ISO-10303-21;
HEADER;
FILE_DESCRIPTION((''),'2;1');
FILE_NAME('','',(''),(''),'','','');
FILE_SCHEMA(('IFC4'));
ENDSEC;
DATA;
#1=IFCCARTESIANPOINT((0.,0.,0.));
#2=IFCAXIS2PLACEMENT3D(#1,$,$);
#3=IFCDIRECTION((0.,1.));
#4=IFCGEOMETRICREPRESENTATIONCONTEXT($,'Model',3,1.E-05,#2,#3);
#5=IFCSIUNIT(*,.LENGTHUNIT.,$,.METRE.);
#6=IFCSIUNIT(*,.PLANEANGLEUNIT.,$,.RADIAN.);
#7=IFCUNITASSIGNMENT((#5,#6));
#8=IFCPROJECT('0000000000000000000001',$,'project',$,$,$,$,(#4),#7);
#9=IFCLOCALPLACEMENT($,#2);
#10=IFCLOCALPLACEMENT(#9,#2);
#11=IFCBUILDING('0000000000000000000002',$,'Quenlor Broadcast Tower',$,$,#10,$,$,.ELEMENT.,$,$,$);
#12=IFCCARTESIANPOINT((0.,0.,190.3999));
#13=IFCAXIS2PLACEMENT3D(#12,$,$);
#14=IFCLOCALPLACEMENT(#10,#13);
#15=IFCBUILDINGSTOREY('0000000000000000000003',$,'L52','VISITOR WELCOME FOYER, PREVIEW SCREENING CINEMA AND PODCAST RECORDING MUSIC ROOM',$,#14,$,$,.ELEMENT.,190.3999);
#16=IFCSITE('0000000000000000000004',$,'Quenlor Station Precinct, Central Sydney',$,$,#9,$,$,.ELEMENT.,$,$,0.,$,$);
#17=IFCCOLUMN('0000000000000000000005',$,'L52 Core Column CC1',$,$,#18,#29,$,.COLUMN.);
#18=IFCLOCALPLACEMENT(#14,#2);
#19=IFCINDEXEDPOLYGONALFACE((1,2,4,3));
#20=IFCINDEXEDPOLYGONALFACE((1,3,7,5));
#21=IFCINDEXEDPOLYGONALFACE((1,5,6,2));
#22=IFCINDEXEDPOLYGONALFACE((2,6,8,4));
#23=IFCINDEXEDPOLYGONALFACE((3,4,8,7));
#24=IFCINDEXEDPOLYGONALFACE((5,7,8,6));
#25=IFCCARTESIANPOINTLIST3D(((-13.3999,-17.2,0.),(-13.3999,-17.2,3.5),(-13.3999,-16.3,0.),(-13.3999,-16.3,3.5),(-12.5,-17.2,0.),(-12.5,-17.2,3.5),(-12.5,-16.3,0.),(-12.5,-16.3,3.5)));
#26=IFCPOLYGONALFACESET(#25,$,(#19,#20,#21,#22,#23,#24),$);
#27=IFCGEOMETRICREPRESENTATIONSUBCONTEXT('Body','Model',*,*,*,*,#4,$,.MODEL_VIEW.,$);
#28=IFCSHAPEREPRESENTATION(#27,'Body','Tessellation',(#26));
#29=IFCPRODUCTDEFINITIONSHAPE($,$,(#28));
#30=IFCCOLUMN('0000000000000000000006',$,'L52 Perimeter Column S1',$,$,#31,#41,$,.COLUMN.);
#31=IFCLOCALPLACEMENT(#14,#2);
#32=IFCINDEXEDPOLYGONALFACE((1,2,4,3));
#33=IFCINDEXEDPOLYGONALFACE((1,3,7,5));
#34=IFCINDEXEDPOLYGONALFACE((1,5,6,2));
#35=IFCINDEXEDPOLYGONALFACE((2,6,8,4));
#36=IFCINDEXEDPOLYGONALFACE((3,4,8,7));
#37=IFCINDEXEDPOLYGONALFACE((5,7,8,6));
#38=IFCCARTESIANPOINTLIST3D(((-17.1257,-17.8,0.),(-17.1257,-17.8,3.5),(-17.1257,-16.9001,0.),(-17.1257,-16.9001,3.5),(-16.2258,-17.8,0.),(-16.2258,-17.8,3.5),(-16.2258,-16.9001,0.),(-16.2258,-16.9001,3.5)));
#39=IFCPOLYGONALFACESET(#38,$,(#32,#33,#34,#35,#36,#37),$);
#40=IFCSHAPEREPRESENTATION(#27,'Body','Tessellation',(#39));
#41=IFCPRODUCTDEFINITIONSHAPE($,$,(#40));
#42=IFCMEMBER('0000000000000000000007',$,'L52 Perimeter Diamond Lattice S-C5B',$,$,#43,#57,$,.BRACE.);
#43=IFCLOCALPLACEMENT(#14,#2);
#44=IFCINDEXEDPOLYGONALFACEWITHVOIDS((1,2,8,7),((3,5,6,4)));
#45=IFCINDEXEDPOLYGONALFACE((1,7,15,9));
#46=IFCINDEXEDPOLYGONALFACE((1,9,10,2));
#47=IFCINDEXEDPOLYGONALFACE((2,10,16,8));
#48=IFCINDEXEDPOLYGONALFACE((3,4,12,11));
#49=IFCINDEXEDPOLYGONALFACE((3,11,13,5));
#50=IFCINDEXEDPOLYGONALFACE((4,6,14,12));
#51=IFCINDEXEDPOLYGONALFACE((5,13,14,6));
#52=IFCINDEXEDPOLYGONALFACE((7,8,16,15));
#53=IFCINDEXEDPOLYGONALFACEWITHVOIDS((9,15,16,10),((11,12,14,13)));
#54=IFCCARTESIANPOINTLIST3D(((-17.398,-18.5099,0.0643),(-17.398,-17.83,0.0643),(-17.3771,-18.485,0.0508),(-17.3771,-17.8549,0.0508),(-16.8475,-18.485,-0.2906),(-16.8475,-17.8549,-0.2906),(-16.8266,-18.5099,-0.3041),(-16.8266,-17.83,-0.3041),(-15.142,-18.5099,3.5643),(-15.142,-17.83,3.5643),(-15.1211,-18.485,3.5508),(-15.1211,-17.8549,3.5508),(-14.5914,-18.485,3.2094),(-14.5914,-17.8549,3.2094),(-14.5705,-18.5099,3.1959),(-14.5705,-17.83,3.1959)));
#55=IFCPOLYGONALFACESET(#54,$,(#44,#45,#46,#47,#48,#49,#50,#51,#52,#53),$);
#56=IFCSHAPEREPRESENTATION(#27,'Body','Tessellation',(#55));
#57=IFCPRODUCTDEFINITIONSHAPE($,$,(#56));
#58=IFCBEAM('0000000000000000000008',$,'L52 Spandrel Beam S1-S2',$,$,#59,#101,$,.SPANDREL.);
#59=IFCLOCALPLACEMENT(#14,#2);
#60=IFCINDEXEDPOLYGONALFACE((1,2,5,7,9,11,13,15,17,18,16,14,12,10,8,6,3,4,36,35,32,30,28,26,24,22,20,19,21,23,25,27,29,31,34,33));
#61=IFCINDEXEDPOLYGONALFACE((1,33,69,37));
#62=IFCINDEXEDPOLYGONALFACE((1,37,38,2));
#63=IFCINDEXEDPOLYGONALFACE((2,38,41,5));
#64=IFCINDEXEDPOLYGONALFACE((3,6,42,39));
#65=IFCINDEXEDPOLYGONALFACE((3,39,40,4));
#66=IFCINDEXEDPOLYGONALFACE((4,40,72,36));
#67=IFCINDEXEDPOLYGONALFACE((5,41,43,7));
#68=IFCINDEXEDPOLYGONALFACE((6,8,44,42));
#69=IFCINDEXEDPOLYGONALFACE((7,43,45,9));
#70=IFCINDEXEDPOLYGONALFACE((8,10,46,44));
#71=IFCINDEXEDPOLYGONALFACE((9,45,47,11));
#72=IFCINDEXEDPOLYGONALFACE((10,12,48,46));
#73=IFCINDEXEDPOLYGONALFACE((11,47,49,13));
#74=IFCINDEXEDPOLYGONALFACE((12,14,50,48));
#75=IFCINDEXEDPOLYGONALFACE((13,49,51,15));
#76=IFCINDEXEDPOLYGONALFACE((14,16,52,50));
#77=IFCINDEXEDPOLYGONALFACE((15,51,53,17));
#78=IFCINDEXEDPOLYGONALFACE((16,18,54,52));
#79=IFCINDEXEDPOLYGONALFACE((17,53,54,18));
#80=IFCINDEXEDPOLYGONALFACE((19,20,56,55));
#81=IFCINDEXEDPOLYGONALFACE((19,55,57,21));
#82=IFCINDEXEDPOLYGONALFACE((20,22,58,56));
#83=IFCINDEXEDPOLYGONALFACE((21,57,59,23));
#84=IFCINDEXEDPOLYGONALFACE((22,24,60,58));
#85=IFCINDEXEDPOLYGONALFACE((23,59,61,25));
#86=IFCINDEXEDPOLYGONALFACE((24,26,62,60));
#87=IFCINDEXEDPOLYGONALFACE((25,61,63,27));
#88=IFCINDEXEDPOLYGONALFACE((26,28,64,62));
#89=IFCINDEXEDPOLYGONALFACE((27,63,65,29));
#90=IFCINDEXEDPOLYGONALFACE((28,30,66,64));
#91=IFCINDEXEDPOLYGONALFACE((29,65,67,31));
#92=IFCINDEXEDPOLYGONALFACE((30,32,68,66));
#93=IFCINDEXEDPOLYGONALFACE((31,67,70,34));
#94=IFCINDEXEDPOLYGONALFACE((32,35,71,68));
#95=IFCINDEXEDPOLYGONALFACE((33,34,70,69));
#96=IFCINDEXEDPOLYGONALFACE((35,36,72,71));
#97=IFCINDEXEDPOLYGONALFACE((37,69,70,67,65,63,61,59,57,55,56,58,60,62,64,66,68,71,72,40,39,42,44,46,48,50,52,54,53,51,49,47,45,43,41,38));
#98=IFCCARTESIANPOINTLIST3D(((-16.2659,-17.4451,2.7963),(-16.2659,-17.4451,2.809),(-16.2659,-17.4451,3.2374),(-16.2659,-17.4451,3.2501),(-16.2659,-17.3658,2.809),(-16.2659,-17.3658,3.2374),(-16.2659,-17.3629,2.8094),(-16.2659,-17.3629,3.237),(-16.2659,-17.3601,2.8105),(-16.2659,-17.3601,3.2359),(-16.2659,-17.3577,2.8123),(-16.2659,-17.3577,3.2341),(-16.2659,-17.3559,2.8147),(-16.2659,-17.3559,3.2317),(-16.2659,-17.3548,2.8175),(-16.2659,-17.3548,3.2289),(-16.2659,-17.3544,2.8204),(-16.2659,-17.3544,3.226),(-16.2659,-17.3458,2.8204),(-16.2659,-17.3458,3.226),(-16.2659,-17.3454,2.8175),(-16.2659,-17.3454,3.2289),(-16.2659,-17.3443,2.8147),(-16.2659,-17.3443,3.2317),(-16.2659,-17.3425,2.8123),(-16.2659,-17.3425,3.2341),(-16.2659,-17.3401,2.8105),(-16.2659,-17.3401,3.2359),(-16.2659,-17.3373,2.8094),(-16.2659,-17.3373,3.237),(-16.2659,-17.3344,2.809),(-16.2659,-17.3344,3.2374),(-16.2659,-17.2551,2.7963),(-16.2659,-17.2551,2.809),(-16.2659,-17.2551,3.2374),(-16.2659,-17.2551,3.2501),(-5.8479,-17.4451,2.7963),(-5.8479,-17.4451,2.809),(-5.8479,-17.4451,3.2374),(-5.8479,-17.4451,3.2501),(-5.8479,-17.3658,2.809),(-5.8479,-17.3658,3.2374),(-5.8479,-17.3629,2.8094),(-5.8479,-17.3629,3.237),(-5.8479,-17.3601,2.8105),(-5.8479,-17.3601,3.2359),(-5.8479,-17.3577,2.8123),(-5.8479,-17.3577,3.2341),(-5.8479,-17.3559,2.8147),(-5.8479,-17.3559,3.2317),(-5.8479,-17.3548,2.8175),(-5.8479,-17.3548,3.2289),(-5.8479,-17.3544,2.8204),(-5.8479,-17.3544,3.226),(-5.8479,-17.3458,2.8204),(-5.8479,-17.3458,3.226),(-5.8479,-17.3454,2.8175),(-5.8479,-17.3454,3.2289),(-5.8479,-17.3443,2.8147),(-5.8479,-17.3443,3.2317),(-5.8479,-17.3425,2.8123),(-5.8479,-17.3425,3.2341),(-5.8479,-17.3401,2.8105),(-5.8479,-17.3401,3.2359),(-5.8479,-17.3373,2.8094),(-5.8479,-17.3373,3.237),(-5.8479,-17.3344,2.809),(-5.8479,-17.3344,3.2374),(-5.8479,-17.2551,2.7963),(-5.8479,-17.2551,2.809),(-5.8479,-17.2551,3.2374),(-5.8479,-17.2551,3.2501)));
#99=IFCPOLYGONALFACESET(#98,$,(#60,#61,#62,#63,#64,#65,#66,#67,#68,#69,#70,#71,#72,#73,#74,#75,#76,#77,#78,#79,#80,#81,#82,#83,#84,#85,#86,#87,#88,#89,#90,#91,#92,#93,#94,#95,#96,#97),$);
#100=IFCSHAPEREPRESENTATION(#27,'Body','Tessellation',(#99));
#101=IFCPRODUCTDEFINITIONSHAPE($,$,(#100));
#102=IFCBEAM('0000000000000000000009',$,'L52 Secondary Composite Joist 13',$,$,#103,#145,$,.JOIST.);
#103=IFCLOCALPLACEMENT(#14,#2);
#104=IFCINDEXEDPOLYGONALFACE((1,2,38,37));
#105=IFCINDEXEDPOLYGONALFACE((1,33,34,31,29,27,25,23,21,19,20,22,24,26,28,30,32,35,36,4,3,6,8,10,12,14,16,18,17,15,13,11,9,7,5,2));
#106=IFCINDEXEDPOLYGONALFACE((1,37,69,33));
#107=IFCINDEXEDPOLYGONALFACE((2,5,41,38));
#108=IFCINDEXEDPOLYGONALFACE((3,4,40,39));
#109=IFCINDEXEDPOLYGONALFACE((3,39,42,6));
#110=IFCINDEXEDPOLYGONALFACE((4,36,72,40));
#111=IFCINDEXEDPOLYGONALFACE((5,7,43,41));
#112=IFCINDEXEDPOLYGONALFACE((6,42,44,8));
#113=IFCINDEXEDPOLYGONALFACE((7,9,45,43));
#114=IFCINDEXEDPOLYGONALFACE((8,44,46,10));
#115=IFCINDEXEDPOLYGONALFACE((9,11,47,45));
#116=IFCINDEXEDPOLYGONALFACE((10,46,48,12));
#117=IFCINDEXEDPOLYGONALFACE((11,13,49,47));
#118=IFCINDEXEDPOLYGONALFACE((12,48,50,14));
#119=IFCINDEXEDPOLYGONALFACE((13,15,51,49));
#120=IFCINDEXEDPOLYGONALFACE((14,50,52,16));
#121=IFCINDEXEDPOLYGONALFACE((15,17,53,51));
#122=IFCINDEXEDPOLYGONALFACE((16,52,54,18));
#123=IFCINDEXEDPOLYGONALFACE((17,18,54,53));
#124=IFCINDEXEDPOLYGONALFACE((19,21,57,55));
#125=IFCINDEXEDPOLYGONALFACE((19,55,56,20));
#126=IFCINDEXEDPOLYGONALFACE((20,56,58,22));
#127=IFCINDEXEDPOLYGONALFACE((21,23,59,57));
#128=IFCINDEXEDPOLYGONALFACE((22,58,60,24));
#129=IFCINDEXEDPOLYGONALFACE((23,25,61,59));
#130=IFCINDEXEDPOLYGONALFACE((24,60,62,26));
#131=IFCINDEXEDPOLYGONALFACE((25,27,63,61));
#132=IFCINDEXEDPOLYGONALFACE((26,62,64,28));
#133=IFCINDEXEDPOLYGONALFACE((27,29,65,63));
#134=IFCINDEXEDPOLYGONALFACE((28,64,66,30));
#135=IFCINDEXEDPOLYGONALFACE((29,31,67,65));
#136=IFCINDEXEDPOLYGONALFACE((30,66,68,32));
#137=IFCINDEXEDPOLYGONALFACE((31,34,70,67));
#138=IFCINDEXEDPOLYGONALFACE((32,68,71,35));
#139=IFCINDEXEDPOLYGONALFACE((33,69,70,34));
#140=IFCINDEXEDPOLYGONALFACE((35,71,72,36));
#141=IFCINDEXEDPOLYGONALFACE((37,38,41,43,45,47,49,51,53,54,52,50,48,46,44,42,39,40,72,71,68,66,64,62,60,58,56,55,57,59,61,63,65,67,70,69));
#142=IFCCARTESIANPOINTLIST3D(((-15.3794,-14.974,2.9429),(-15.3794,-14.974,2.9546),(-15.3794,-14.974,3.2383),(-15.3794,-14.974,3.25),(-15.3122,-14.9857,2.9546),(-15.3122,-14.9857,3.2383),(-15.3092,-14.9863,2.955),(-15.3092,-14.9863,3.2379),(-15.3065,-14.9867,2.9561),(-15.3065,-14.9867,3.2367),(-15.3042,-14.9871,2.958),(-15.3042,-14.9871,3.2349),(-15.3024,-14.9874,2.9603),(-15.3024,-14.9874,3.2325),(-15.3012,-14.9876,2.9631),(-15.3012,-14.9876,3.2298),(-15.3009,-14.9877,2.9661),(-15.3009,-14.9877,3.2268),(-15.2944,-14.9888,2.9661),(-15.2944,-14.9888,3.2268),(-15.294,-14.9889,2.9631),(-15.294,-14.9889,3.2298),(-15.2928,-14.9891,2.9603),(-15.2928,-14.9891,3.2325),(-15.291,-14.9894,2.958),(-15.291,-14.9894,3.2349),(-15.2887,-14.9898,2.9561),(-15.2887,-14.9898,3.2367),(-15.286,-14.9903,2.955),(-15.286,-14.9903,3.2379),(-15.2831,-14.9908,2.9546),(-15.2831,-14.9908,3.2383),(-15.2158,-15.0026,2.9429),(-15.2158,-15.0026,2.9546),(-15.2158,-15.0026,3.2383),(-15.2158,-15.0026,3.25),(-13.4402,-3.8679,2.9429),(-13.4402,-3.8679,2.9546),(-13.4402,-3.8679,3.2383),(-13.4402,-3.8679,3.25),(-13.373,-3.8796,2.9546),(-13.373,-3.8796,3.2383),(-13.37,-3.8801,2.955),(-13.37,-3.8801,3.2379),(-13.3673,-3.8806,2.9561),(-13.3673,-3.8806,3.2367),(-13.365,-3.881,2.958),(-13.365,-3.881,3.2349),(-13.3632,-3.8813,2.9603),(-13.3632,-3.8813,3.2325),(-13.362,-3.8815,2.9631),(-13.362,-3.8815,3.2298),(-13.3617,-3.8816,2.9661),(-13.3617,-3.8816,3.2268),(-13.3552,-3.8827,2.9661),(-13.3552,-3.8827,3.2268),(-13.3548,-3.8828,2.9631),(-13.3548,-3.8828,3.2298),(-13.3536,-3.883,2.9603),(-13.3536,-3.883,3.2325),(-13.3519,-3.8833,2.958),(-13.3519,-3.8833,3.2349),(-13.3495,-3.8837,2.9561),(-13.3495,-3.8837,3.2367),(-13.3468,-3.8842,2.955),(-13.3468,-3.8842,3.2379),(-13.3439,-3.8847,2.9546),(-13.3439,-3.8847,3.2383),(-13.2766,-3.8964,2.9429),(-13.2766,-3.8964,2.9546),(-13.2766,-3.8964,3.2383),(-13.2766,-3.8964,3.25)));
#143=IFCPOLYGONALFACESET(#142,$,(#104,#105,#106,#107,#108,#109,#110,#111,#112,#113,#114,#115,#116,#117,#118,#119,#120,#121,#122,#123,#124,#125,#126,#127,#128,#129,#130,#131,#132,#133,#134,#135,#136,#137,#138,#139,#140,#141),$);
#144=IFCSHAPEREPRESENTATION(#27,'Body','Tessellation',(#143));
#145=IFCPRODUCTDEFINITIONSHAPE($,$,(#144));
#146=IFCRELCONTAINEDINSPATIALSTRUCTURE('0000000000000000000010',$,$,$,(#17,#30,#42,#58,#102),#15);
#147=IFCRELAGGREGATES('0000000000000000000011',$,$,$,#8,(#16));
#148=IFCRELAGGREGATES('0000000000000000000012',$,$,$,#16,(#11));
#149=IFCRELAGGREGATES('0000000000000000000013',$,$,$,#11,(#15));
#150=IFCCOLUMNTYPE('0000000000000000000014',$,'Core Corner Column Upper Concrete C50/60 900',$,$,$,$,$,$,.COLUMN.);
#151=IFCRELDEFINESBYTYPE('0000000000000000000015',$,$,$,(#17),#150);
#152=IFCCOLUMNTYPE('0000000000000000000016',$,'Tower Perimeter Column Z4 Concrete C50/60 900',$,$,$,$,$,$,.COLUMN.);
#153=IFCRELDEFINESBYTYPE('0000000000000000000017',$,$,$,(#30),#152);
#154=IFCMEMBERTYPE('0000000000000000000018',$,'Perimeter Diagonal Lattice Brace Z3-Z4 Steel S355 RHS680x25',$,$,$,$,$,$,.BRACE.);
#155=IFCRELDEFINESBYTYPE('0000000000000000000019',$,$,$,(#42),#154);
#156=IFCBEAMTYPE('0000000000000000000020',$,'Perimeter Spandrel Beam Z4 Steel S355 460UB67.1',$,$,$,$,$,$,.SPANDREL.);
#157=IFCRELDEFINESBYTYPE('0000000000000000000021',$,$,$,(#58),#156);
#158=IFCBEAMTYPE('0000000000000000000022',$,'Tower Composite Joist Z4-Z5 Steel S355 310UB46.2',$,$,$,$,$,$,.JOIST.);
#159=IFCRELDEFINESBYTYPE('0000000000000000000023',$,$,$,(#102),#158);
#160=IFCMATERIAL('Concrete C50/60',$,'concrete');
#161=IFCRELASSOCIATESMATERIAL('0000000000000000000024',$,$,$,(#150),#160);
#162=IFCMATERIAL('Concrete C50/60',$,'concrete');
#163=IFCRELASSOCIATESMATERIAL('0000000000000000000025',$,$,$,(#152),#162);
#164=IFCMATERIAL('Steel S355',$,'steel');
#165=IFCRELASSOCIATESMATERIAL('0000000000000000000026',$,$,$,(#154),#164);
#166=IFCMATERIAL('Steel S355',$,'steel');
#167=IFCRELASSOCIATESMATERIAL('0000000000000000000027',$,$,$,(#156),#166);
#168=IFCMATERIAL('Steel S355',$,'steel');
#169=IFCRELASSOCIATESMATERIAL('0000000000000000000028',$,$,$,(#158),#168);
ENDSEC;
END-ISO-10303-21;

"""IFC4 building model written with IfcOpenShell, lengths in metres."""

from ifc_helpers import new_model, si_unit, direction, frame, origin, origin_2d, place, context, subcontext, project, spatial, rectangle, hollow_rectangle, i_section, extrude, material, material_profile, profile_set, type_object, element, save


model = new_model("IFC4")

# Units and contexts
model_context = context("Model", 3, precision=1e-05, world=origin(), true_north=direction((0.0, 1.0)))
body_context = subcontext(model_context, "Body", "Model", "MODEL_VIEW")
ifc_project = project(units=[si_unit("LENGTHUNIT", "METRE"), si_unit("PLANEANGLEUNIT", "RADIAN")], contexts=[model_context])

# Site, building, storey
site_placement = place(None, origin())
site = spatial("IfcSite", under=ifc_project, at=site_placement, Name="Quenlor Station Precinct, Central Sydney", CompositionType="ELEMENT", RefElevation=0.0)
building_placement = place(site_placement, origin())
building = spatial("IfcBuilding", under=site, at=building_placement, Name="Quenlor Broadcast Tower", CompositionType="ELEMENT")
storey_placement = place(building_placement, frame((0.0, 0.0, 190.3999)))
storey = spatial("IfcBuildingStorey", under=building, at=storey_placement, Name="L52", Description="VISITOR WELCOME FOYER, PREVIEW SCREENING CINEMA AND PODCAST RECORDING MUSIC ROOM", CompositionType="ELEMENT", Elevation=190.3999)

# Columns
ifc_material_1 = material(Name="Concrete C50/60", Category="concrete")
ifc_material_profile_1 = material_profile(ifc_material_1, rectangle(XDim=0.8999, YDim=0.8999, at=origin_2d()))
ifc_profile_set_1 = profile_set([ifc_material_profile_1], Name="Concrete C50/60 RC900x900")
column_type_1 = type_object("IfcColumnType", Name="Core Corner Column Upper Concrete C50/60 900", PredefinedType="COLUMN", material=ifc_profile_set_1)
column_1_placement = place(storey_placement, frame((-12.95, -16.75, 0.0), z_axis=(0.0, 0.0, 1.0), x_axis=(1.0, 0.0, 0.0)))
element("IfcColumn", 1, at=column_1_placement, inside=storey, type_object=column_type_1, Name="L52 Core Column CC1", PredefinedType="COLUMN", context=body_context, shape_type="SweptSolid", body=[
    extrude(rectangle(XDim=0.8999, YDim=0.8999, at=origin_2d()), origin(), (0.0, 0.0, 1.0), 3.5),
])
ifc_material_2 = material(Name="Concrete C50/60", Category="concrete")
ifc_material_profile_2 = material_profile(ifc_material_2, rectangle(XDim=0.8999, YDim=0.8999, at=origin_2d()))
ifc_profile_set_2 = profile_set([ifc_material_profile_2], Name="Concrete C50/60 RC900x900")
column_type_2 = type_object("IfcColumnType", Name="Tower Perimeter Column Z4 Concrete C50/60 900", PredefinedType="COLUMN", material=ifc_profile_set_2)
column_2_placement = place(storey_placement, frame((-16.6758, -17.3501, 0.0), z_axis=(0.0, 0.0, 1.0), x_axis=(0.0, 1.0, 0.0)))
element("IfcColumn", 2, at=column_2_placement, inside=storey, type_object=column_type_2, Name="L52 Perimeter Column S1", PredefinedType="COLUMN", context=body_context, shape_type="SweptSolid", body=[
    extrude(rectangle(XDim=0.8999, YDim=0.8999, at=origin_2d()), origin(), (0.0, 0.0, 1.0), 3.5),
])

# Member
ifc_material_3 = material(Name="Steel S355", Category="steel")
ifc_material_profile_3 = material_profile(ifc_material_3, hollow_rectangle(XDim=0.6799, YDim=0.6799, WallThickness=0.0249, at=origin_2d()))
ifc_profile_set_3 = profile_set([ifc_material_profile_3], Name="Steel S355 RHS680x680x25")
member_type = type_object("IfcMemberType", Name="Perimeter Diagonal Lattice Brace Z3-Z4 Steel S355 RHS680x25", PredefinedType="BRACE", material=ifc_profile_set_3)
member_placement = place(storey_placement, frame((-17.1123, -18.1699, -0.1199), z_axis=(0.541794, 0.0, 0.840511), x_axis=(0.0, 1.0, 0.0)))
element("IfcMember", 3, at=member_placement, inside=storey, type_object=member_type, Name="L52 Perimeter Diamond Lattice S-C5B", PredefinedType="BRACE", context=body_context, shape_type="SweptSolid", body=[
    extrude(hollow_rectangle(XDim=0.6799, YDim=0.6799, WallThickness=0.0249, at=origin_2d()), origin(), (0.0, 0.0, 1.0), 4.1641),
])

# Beams
ifc_material_4 = material(Name="Steel S355", Category="steel")
ifc_material_profile_4 = material_profile(ifc_material_4, i_section(OverallWidth=0.1899, OverallDepth=0.4539, WebThickness=0.0085, FlangeThickness=0.0127, FilletRadius=0.0115, at=origin_2d()))
ifc_profile_set_4 = profile_set([ifc_material_profile_4], Name="Steel S355 460UB67.1")
beam_type_1 = type_object("IfcBeamType", Name="Perimeter Spandrel Beam Z4 Steel S355 460UB67.1", PredefinedType="SPANDREL", material=ifc_profile_set_4)
beam_1_placement = place(storey_placement, frame((-16.2659, -17.3501, 3.0232), z_axis=(1.0, 0.0, 0.0), x_axis=(0.0, 1.0, 0.0)))
element("IfcBeam", 4, at=beam_1_placement, inside=storey, type_object=beam_type_1, Name="L52 Spandrel Beam S1-S2", PredefinedType="SPANDREL", context=body_context, shape_type="SweptSolid", body=[
    extrude(i_section(OverallWidth=0.1899, OverallDepth=0.4539, WebThickness=0.0085, FlangeThickness=0.0127, FilletRadius=0.0115, at=origin_2d()), origin(), (0.0, 0.0, 1.0), 10.418),
])
ifc_material_5 = material(Name="Steel S355", Category="steel")
ifc_material_profile_5 = material_profile(ifc_material_5, i_section(OverallWidth=0.166, OverallDepth=0.3071, WebThickness=0.0066, FlangeThickness=0.0117, FilletRadius=0.0115, at=origin_2d()))
ifc_profile_set_5 = profile_set([ifc_material_profile_5], Name="Steel S355 310UB46.2")
beam_type_2 = type_object("IfcBeamType", Name="Tower Composite Joist Z4-Z5 Steel S355 310UB46.2", PredefinedType="JOIST", material=ifc_profile_set_5)
beam_2_placement = place(storey_placement, frame((-15.2976, -14.9883, 3.0964), z_axis=(0.172004, 0.985096, 0.0), x_axis=(-0.985096, 0.172004, 0.0)))
element("IfcBeam", 5, at=beam_2_placement, inside=storey, type_object=beam_type_2, Name="L52 Secondary Composite Joist 13", PredefinedType="JOIST", context=body_context, shape_type="SweptSolid", body=[
    extrude(i_section(OverallWidth=0.166, OverallDepth=0.3071, WebThickness=0.0066, FlangeThickness=0.0117, FilletRadius=0.0115, at=origin_2d()), origin(), (0.0, 0.0, 1.0), 11.2742),
])

save(model, "model.ifc")
